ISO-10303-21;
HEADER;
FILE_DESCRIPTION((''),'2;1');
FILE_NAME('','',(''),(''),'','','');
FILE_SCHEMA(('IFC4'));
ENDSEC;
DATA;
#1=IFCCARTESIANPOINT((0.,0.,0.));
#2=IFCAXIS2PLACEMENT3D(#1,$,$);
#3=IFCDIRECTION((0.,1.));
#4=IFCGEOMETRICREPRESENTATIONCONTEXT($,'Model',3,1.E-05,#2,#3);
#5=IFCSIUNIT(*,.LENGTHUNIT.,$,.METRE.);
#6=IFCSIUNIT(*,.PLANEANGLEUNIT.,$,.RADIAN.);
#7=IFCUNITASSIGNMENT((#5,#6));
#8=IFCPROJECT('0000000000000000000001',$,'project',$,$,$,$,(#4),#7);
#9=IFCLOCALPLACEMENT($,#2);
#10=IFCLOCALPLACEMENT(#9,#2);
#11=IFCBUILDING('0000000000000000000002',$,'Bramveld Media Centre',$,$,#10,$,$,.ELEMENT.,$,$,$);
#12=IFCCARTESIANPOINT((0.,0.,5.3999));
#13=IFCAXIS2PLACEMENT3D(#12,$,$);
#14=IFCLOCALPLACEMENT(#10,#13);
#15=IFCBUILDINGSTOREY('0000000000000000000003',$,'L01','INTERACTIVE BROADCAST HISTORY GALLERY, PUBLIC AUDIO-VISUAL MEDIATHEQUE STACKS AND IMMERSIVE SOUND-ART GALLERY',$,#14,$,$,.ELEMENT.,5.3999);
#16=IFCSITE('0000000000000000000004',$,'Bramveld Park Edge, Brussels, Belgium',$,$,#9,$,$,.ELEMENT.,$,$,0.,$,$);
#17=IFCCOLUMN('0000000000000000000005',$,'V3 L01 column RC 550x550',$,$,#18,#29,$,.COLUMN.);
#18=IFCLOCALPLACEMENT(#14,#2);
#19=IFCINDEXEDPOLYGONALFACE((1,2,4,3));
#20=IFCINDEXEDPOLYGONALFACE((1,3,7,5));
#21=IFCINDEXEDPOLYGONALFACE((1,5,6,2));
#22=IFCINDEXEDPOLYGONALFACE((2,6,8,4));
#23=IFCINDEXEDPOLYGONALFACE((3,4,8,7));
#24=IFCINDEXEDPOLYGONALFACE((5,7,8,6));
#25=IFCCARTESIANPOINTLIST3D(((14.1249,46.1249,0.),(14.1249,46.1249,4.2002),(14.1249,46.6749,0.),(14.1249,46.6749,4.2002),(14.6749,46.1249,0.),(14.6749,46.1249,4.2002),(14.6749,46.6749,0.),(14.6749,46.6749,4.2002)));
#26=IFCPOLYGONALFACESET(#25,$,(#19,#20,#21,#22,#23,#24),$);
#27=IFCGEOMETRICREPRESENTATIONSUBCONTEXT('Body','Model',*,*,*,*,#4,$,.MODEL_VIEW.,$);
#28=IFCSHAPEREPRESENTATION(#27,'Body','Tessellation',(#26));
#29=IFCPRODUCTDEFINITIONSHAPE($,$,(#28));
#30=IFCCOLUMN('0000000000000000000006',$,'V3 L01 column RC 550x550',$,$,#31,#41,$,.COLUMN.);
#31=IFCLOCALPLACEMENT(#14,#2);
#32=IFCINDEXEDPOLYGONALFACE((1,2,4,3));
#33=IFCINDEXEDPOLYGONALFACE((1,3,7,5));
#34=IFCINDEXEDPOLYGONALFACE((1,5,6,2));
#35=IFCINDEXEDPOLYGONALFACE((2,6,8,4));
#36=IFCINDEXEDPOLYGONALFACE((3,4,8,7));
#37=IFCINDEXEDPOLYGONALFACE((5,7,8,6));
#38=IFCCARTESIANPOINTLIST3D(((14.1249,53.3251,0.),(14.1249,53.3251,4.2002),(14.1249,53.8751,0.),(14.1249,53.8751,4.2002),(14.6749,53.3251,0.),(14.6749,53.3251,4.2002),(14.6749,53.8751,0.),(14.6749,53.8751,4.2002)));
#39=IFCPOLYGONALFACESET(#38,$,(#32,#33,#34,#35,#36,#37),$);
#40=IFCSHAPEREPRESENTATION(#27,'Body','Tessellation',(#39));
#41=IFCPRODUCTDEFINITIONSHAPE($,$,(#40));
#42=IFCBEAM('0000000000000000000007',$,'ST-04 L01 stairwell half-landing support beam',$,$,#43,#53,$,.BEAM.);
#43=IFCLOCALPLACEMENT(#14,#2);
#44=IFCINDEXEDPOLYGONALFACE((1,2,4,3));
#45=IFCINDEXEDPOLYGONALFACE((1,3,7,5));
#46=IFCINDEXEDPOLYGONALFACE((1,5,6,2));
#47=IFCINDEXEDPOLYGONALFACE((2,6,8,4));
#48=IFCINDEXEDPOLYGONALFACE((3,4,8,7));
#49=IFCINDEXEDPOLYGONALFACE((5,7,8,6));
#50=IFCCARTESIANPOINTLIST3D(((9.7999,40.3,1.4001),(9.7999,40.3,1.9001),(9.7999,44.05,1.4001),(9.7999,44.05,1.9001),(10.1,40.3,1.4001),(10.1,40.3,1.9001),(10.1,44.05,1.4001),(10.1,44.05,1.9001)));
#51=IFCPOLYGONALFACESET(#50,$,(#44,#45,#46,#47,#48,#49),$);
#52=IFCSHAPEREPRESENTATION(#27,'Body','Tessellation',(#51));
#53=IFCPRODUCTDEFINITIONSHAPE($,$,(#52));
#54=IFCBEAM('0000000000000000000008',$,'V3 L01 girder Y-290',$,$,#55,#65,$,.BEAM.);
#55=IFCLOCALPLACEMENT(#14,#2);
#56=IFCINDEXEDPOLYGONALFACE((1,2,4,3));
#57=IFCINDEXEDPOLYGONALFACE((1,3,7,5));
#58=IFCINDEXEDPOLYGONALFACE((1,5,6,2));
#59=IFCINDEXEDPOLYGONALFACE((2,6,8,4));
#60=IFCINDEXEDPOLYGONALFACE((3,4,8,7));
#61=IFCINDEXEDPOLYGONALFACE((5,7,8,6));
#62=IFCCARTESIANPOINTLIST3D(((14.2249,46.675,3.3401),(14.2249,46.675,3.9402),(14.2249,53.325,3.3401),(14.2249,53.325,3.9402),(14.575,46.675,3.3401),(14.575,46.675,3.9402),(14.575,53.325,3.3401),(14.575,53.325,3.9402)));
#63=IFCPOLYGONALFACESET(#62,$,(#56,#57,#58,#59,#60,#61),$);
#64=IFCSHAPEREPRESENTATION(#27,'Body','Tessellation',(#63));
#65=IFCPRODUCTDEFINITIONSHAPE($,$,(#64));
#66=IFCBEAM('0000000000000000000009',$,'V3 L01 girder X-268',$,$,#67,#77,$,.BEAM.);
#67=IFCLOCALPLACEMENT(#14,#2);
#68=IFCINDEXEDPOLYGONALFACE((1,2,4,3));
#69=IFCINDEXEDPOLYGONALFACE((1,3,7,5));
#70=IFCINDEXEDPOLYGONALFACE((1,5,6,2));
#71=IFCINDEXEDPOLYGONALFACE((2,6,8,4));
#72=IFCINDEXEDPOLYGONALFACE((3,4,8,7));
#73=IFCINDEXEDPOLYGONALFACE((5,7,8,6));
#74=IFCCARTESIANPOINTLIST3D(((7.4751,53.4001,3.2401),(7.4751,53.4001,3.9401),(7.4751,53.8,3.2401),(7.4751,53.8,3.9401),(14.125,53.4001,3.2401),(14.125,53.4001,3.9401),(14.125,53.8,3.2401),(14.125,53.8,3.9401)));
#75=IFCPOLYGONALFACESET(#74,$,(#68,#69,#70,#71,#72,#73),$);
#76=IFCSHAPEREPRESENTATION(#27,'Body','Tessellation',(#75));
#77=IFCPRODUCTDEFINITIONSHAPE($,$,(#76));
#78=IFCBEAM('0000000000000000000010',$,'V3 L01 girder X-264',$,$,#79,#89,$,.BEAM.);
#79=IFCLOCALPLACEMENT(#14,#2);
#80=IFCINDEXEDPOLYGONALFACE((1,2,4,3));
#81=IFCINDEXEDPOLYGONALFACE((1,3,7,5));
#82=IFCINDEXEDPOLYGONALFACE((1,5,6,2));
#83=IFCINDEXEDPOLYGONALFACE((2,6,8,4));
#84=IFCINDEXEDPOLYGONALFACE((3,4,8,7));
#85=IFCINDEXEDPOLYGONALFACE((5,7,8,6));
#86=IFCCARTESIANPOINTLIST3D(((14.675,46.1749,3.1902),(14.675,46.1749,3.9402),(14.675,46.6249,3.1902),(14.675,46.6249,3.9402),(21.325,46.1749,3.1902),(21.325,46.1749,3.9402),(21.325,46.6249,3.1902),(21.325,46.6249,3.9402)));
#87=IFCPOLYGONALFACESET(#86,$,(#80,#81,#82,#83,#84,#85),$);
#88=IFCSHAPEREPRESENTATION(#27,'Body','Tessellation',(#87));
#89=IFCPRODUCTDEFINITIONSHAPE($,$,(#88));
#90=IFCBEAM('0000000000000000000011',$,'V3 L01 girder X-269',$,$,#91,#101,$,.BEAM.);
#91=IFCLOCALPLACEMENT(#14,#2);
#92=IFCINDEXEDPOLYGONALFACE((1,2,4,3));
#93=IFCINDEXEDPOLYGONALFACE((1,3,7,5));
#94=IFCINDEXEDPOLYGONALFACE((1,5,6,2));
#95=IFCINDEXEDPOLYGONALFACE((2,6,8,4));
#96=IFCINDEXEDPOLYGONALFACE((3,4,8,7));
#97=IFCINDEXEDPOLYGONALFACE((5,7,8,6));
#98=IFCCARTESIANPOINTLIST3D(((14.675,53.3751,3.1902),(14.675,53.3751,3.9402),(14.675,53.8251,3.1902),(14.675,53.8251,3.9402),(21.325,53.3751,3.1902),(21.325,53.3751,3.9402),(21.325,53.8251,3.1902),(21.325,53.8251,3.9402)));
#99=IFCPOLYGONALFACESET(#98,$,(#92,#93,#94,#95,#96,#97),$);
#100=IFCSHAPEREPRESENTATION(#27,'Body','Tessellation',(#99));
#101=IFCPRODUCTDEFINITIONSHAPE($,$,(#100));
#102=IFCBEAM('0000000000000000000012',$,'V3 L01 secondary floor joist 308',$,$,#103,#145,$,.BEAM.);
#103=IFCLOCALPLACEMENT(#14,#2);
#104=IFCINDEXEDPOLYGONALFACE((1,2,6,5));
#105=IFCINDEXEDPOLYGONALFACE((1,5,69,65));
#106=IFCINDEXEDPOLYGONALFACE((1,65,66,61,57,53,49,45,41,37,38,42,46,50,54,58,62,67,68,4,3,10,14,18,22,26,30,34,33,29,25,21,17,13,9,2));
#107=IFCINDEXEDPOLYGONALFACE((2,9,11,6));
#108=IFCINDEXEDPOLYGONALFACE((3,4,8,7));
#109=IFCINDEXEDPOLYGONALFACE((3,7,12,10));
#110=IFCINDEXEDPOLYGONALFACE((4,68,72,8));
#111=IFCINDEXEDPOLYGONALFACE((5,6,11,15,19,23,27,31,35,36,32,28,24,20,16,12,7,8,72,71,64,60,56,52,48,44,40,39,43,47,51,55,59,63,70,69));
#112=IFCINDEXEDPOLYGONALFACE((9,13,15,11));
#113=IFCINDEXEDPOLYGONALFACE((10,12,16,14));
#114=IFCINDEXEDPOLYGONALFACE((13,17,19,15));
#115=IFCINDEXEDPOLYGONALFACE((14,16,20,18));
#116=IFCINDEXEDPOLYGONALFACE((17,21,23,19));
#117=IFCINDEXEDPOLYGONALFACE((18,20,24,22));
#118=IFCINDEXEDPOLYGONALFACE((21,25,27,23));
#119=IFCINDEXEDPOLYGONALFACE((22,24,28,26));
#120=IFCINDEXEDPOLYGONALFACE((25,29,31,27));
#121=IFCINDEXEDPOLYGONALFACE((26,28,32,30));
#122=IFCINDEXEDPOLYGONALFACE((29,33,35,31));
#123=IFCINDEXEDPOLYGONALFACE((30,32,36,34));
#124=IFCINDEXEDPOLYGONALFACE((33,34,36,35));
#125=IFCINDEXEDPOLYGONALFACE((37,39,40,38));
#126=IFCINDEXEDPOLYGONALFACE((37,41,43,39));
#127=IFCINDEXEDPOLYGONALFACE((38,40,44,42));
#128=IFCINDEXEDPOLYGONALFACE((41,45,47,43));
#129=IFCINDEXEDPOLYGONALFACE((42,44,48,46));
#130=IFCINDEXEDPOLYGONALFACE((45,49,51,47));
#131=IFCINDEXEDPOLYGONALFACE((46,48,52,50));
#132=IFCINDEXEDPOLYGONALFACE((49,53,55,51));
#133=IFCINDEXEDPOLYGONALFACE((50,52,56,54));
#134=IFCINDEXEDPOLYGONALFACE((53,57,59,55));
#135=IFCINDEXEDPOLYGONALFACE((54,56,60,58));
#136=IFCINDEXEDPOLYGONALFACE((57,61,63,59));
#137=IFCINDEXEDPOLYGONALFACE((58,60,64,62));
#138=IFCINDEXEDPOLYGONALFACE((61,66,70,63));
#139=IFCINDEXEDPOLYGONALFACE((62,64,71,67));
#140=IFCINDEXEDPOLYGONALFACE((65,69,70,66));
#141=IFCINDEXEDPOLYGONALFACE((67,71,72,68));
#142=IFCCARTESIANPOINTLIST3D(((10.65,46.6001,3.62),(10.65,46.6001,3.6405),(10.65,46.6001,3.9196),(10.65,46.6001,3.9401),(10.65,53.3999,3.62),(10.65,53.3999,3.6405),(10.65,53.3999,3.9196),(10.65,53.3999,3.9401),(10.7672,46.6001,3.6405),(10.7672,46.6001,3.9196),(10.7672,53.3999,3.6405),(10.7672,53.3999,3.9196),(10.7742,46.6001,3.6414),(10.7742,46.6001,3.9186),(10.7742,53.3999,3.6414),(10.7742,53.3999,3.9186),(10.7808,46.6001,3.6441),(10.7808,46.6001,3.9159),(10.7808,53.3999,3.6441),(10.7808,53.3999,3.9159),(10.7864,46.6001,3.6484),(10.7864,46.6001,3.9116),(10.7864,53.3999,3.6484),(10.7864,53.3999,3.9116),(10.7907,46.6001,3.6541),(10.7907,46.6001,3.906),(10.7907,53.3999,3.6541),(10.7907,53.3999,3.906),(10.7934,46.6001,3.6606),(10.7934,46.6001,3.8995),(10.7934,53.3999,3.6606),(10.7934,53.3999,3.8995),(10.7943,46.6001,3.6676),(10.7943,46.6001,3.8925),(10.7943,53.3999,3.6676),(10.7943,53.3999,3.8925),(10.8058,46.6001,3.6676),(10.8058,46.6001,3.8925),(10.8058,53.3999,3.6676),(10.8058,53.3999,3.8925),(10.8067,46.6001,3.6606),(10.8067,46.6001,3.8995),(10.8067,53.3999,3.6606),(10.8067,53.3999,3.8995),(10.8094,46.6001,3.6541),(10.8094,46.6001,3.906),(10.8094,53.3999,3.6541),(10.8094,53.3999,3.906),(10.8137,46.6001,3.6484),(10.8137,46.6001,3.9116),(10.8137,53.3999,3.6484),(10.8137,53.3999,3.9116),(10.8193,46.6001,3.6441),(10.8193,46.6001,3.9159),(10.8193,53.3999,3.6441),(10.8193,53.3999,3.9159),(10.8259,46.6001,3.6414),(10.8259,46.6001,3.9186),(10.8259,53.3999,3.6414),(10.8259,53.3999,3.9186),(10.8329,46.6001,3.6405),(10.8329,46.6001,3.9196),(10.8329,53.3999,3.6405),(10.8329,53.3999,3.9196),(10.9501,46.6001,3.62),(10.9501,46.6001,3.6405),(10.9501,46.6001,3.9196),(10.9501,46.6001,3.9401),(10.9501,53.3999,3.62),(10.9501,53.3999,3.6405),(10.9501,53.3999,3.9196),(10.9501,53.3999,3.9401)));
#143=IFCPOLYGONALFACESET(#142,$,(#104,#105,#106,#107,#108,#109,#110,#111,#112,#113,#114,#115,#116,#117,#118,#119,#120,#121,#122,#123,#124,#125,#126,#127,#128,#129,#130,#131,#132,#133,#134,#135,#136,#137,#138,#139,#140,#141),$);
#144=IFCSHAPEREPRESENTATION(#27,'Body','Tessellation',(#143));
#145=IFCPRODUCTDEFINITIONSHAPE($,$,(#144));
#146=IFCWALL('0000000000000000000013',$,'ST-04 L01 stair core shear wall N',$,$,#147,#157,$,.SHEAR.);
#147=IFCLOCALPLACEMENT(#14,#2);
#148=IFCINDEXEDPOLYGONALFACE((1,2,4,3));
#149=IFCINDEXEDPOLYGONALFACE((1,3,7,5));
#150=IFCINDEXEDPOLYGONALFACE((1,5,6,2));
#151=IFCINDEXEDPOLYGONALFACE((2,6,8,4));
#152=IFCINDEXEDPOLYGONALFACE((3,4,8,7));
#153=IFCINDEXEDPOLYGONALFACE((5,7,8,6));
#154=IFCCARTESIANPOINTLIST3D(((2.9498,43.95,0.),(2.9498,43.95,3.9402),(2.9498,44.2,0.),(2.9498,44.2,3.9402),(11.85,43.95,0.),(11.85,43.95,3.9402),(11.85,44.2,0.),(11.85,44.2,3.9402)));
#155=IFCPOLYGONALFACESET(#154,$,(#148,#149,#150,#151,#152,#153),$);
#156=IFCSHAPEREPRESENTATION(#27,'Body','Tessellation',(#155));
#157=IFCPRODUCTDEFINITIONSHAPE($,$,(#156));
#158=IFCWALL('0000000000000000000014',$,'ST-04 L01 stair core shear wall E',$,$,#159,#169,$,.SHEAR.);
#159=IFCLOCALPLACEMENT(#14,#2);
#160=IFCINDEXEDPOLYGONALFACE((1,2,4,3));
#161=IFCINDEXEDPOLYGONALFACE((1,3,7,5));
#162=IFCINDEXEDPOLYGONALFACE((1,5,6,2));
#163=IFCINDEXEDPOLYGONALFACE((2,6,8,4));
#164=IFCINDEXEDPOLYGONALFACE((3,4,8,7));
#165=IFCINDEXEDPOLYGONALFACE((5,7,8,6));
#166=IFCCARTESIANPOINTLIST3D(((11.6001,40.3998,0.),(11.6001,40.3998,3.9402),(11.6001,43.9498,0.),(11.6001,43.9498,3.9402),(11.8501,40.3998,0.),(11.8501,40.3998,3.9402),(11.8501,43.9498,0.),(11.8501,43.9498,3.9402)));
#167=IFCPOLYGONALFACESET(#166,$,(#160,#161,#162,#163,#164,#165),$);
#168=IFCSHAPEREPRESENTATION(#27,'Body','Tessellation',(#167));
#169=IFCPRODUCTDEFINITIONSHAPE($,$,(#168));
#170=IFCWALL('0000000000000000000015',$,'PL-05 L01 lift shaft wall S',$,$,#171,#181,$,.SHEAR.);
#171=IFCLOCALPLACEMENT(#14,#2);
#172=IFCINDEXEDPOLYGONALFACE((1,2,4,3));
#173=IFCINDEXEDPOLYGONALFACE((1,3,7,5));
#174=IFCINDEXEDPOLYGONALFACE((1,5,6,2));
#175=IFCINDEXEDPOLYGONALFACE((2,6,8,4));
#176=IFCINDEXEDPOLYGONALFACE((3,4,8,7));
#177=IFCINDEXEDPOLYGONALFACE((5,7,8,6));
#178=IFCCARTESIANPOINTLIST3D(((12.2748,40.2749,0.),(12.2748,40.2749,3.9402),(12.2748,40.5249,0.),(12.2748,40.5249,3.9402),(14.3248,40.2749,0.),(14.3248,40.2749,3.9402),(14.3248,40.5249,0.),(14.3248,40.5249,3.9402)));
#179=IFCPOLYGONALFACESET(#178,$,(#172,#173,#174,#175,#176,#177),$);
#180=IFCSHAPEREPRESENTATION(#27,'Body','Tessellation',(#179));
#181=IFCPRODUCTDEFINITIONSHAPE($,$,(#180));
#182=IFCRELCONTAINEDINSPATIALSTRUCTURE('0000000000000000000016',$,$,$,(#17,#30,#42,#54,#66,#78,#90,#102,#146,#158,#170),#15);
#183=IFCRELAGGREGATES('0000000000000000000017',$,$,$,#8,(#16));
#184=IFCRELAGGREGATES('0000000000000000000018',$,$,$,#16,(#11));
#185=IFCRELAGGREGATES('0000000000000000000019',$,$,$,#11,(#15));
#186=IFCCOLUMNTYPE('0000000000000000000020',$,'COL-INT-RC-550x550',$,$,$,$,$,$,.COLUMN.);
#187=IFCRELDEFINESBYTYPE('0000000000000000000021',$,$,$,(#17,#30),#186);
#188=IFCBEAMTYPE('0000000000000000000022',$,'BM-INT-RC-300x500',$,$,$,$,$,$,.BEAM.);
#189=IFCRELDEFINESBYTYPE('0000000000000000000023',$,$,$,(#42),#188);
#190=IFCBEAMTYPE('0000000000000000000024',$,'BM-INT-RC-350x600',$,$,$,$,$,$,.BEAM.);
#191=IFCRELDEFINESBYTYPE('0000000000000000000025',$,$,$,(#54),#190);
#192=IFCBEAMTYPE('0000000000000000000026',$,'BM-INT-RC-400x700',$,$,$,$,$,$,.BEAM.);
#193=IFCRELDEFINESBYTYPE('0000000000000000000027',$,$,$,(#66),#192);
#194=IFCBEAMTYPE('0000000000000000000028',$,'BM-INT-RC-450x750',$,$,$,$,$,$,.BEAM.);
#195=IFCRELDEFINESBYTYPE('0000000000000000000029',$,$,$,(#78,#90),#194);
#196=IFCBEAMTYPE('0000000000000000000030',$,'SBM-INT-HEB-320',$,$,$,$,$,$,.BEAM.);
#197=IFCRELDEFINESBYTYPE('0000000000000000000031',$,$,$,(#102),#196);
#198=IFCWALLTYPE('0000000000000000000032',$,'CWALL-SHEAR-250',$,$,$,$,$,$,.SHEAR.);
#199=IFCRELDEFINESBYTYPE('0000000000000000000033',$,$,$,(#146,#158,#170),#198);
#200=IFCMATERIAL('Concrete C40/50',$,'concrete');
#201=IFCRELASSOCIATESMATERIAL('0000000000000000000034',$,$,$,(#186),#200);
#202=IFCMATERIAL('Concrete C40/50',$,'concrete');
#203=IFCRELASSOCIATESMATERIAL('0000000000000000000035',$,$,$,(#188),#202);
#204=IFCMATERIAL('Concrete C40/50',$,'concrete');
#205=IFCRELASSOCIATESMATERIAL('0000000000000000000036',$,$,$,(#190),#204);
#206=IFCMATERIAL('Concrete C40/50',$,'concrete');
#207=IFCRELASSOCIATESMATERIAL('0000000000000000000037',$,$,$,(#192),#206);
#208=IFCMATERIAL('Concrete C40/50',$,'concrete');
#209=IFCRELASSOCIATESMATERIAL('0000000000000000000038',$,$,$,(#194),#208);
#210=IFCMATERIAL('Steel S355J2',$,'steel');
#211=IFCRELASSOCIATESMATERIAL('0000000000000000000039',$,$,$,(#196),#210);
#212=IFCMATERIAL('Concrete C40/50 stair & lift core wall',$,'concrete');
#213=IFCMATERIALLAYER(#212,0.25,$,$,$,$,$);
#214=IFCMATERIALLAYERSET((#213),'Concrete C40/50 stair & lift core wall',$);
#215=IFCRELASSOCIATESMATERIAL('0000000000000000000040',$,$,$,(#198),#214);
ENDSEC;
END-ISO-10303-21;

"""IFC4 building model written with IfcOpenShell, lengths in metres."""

from ifc_helpers import new_model, si_unit, direction, frame, frame_2d, origin, origin_2d, place, context, subcontext, project, spatial, rectangle, i_section, extrude, material, layer, layer_set, material_profile, profile_set, type_object, element, save


model = new_model("IFC4")

# Units and contexts
model_context = context("Model", 3, precision=1e-05, world=origin(), true_north=direction((0.0, 1.0)))
body_context = subcontext(model_context, "Body", "Model", "MODEL_VIEW")
ifc_project = project(units=[si_unit("LENGTHUNIT", "METRE"), si_unit("PLANEANGLEUNIT", "RADIAN")], contexts=[model_context])

# Site, building, storey
site_placement = place(None, origin())
site = spatial("IfcSite", under=ifc_project, at=site_placement, Name="Bramveld Park Edge, Brussels, Belgium", CompositionType="ELEMENT", RefElevation=0.0)
building_placement = place(site_placement, origin())
building = spatial("IfcBuilding", under=site, at=building_placement, Name="Bramveld Media Centre", CompositionType="ELEMENT")
storey_placement = place(building_placement, frame((0.0, 0.0, 5.3999)))
storey = spatial("IfcBuildingStorey", under=building, at=storey_placement, Name="L01", Description="INTERACTIVE BROADCAST HISTORY GALLERY, PUBLIC AUDIO-VISUAL MEDIATHEQUE STACKS AND IMMERSIVE SOUND-ART GALLERY", CompositionType="ELEMENT", Elevation=5.3999)

# Columns
ifc_material_1 = material(Name="Concrete C40/50", Category="concrete")
ifc_material_profile_1 = material_profile(ifc_material_1, rectangle(XDim=0.55, YDim=0.55, at=origin_2d()), Name="RC 550x550")
ifc_profile_set_1 = profile_set([ifc_material_profile_1], Name="Concrete C40/50")
column_type = type_object("IfcColumnType", Name="COL-INT-RC-550x550", PredefinedType="COLUMN", material=ifc_profile_set_1)
for number, where, z_axis, x_axis, name in (
    (1, (14.3999, 46.3999, 0.0), (0.0, 0.0, 1.0), (1.0, 0.0, 0.0), "V3 L01 column RC 550x550"),
    (2, (14.3999, 53.6001, 0.0), (0.0, 0.0, 1.0), (1.0, 0.0, 0.0), "V3 L01 column RC 550x550"),
):
    element("IfcColumn", number, at=place(storey_placement, frame(where, z_axis=z_axis, x_axis=x_axis)), inside=storey, type_object=column_type, Name=name, PredefinedType="COLUMN", context=body_context, shape_type="SweptSolid", body=[
        extrude(rectangle(XDim=0.55, YDim=0.55, at=origin_2d()), origin(), (0.0, 0.0, 1.0), 4.2002),
    ])

# Beams
ifc_material_2 = material(Name="Concrete C40/50", Category="concrete")
ifc_material_profile_2 = material_profile(ifc_material_2, rectangle(XDim=0.3, YDim=0.5, at=origin_2d()), Name="RC 300x500")
ifc_profile_set_2 = profile_set([ifc_material_profile_2], Name="Concrete C40/50")
beam_type_1 = type_object("IfcBeamType", Name="BM-INT-RC-300x500", PredefinedType="BEAM", material=ifc_profile_set_2)
beam_1_placement = place(storey_placement, frame((9.95, 40.3, 1.6501), z_axis=(0.0, 1.0, 0.0), x_axis=(-1.0, 0.0, 0.0)))
element("IfcBeam", 3, at=beam_1_placement, inside=storey, type_object=beam_type_1, Name="ST-04 L01 stairwell half-landing support beam", PredefinedType="BEAM", context=body_context, shape_type="SweptSolid", body=[
    extrude(rectangle(XDim=0.3, YDim=0.5, at=origin_2d()), origin(), (0.0, 0.0, 1.0), 3.75),
])
ifc_material_3 = material(Name="Concrete C40/50", Category="concrete")
ifc_material_profile_3 = material_profile(ifc_material_3, rectangle(XDim=0.3501, YDim=0.6001, at=origin_2d()), Name="RC 350x600")
ifc_profile_set_3 = profile_set([ifc_material_profile_3], Name="Concrete C40/50")
beam_type_2 = type_object("IfcBeamType", Name="BM-INT-RC-350x600", PredefinedType="BEAM", material=ifc_profile_set_3)
beam_2_placement = place(storey_placement, frame((14.3999, 46.675, 3.6401), z_axis=(0.0, 1.0, 0.0), x_axis=(-1.0, 0.0, 0.0)))
element("IfcBeam", 4, at=beam_2_placement, inside=storey, type_object=beam_type_2, Name="V3 L01 girder Y-290", PredefinedType="BEAM", context=body_context, shape_type="SweptSolid", body=[
    extrude(rectangle(XDim=0.3501, YDim=0.6001, at=origin_2d()), origin(), (0.0, 0.0, 1.0), 6.6499),
])
ifc_material_4 = material(Name="Concrete C40/50", Category="concrete")
ifc_material_profile_4 = material_profile(ifc_material_4, rectangle(XDim=0.3999, YDim=0.7, at=origin_2d()), Name="RC 400x700")
ifc_profile_set_4 = profile_set([ifc_material_profile_4], Name="Concrete C40/50")
beam_type_3 = type_object("IfcBeamType", Name="BM-INT-RC-400x700", PredefinedType="BEAM", material=ifc_profile_set_4)
beam_3_placement = place(storey_placement, frame((7.4751, 53.6001, 3.5901), z_axis=(1.0, 0.0, 0.0), x_axis=(0.0, 1.0, 0.0)))
element("IfcBeam", 5, at=beam_3_placement, inside=storey, type_object=beam_type_3, Name="V3 L01 girder X-268", PredefinedType="BEAM", context=body_context, shape_type="SweptSolid", body=[
    extrude(rectangle(XDim=0.3999, YDim=0.7, at=origin_2d()), origin(), (0.0, 0.0, 1.0), 6.6499),
])
ifc_material_5 = material(Name="Concrete C40/50", Category="concrete")
ifc_material_profile_5 = material_profile(ifc_material_5, rectangle(XDim=0.45, YDim=0.75, at=origin_2d()), Name="RC 450x750")
ifc_profile_set_5 = profile_set([ifc_material_profile_5], Name="Concrete C40/50")
beam_type_4 = type_object("IfcBeamType", Name="BM-INT-RC-450x750", PredefinedType="BEAM", material=ifc_profile_set_5)
for number, where, z_axis, x_axis, name in (
    (6, (14.675, 46.3999, 3.5652), (1.0, 0.0, 0.0), (0.0, 1.0, 0.0), "V3 L01 girder X-264"),
    (7, (14.675, 53.6001, 3.5652), (1.0, 0.0, 0.0), (0.0, 1.0, 0.0), "V3 L01 girder X-269"),
):
    element("IfcBeam", number, at=place(storey_placement, frame(where, z_axis=z_axis, x_axis=x_axis)), inside=storey, type_object=beam_type_4, Name=name, PredefinedType="BEAM", context=body_context, shape_type="SweptSolid", body=[
        extrude(rectangle(XDim=0.45, YDim=0.75, at=origin_2d()), origin(), (0.0, 0.0, 1.0), 6.6499),
    ])
ifc_material_6 = material(Name="Steel S355J2", Category="steel")
ifc_material_profile_6 = material_profile(ifc_material_6, i_section(OverallWidth=0.3, OverallDepth=0.3201, WebThickness=0.0115, FlangeThickness=0.0205, FilletRadius=0.0271, at=origin_2d()), Name="HEB 320")
ifc_profile_set_6 = profile_set([ifc_material_profile_6], Name="Steel S355J2")
beam_type_5 = type_object("IfcBeamType", Name="SBM-INT-HEB-320", PredefinedType="BEAM", material=ifc_profile_set_6)
beam_4_placement = place(storey_placement, frame((10.8, 46.6001, 3.78), z_axis=(0.0, 1.0, 0.0), x_axis=(-1.0, 0.0, 0.0)))
element("IfcBeam", 8, at=beam_4_placement, inside=storey, type_object=beam_type_5, Name="V3 L01 secondary floor joist 308", PredefinedType="BEAM", context=body_context, shape_type="SweptSolid", body=[
    extrude(i_section(OverallWidth=0.3, OverallDepth=0.3201, WebThickness=0.0115, FlangeThickness=0.0205, FilletRadius=0.0271, at=origin_2d()), origin(), (0.0, 0.0, 1.0), 6.7998),
])

# Walls
ifc_material_7 = material(Name="Concrete C40/50 stair & lift core wall", Category="concrete")
ifc_layer_1 = layer(ifc_material_7, 0.25)
ifc_layer_set_1 = layer_set([ifc_layer_1], Name="Concrete C40/50 stair & lift core wall")
wall_type_1 = type_object("IfcWallType", Name="CWALL-SHEAR-250", PredefinedType="SHEAR", material=ifc_layer_set_1)
wall_1_placement = place(storey_placement, frame((11.8501, 44.075, 0.0), z_axis=(0.0, 0.0, 1.0), x_axis=(-1.0, 0.0, 0.0)))
element("IfcWall", 9, at=wall_1_placement, inside=storey, type_object=wall_type_1, Name="ST-04 L01 stair core shear wall N", PredefinedType="SHEAR", context=body_context, shape_type="SweptSolid", body=[
    extrude(rectangle(XDim=8.9001, YDim=0.25, at=frame_2d((4.4502, 0.0))), origin(), (0.0, 0.0, 1.0), 3.9402),
])
wall_2_placement = place(storey_placement, frame((11.7251, 40.3999, 0.0), z_axis=(0.0, 0.0, 1.0), x_axis=(0.0, 1.0, 0.0)))
element("IfcWall", 10, at=wall_2_placement, inside=storey, type_object=wall_type_1, Name="ST-04 L01 stair core shear wall E", PredefinedType="SHEAR", context=body_context, shape_type="SweptSolid", body=[
    extrude(rectangle(XDim=3.55, YDim=0.25, at=frame_2d((1.7749, 0.0))), origin(), (0.0, 0.0, 1.0), 3.9402),
])
wall_3_placement = place(storey_placement, frame((12.2749, 40.3999, 0.0), z_axis=(0.0, 0.0, 1.0), x_axis=(1.0, 0.0, 0.0)))
element("IfcWall", 11, at=wall_3_placement, inside=storey, type_object=wall_type_1, Name="PL-05 L01 lift shaft wall S", PredefinedType="SHEAR", context=body_context, shape_type="SweptSolid", body=[
    extrude(rectangle(XDim=2.05, YDim=0.25, at=frame_2d((1.0249, 0.0))), origin(), (0.0, 0.0, 1.0), 3.9402),
])

save(model, "model.ifc")
